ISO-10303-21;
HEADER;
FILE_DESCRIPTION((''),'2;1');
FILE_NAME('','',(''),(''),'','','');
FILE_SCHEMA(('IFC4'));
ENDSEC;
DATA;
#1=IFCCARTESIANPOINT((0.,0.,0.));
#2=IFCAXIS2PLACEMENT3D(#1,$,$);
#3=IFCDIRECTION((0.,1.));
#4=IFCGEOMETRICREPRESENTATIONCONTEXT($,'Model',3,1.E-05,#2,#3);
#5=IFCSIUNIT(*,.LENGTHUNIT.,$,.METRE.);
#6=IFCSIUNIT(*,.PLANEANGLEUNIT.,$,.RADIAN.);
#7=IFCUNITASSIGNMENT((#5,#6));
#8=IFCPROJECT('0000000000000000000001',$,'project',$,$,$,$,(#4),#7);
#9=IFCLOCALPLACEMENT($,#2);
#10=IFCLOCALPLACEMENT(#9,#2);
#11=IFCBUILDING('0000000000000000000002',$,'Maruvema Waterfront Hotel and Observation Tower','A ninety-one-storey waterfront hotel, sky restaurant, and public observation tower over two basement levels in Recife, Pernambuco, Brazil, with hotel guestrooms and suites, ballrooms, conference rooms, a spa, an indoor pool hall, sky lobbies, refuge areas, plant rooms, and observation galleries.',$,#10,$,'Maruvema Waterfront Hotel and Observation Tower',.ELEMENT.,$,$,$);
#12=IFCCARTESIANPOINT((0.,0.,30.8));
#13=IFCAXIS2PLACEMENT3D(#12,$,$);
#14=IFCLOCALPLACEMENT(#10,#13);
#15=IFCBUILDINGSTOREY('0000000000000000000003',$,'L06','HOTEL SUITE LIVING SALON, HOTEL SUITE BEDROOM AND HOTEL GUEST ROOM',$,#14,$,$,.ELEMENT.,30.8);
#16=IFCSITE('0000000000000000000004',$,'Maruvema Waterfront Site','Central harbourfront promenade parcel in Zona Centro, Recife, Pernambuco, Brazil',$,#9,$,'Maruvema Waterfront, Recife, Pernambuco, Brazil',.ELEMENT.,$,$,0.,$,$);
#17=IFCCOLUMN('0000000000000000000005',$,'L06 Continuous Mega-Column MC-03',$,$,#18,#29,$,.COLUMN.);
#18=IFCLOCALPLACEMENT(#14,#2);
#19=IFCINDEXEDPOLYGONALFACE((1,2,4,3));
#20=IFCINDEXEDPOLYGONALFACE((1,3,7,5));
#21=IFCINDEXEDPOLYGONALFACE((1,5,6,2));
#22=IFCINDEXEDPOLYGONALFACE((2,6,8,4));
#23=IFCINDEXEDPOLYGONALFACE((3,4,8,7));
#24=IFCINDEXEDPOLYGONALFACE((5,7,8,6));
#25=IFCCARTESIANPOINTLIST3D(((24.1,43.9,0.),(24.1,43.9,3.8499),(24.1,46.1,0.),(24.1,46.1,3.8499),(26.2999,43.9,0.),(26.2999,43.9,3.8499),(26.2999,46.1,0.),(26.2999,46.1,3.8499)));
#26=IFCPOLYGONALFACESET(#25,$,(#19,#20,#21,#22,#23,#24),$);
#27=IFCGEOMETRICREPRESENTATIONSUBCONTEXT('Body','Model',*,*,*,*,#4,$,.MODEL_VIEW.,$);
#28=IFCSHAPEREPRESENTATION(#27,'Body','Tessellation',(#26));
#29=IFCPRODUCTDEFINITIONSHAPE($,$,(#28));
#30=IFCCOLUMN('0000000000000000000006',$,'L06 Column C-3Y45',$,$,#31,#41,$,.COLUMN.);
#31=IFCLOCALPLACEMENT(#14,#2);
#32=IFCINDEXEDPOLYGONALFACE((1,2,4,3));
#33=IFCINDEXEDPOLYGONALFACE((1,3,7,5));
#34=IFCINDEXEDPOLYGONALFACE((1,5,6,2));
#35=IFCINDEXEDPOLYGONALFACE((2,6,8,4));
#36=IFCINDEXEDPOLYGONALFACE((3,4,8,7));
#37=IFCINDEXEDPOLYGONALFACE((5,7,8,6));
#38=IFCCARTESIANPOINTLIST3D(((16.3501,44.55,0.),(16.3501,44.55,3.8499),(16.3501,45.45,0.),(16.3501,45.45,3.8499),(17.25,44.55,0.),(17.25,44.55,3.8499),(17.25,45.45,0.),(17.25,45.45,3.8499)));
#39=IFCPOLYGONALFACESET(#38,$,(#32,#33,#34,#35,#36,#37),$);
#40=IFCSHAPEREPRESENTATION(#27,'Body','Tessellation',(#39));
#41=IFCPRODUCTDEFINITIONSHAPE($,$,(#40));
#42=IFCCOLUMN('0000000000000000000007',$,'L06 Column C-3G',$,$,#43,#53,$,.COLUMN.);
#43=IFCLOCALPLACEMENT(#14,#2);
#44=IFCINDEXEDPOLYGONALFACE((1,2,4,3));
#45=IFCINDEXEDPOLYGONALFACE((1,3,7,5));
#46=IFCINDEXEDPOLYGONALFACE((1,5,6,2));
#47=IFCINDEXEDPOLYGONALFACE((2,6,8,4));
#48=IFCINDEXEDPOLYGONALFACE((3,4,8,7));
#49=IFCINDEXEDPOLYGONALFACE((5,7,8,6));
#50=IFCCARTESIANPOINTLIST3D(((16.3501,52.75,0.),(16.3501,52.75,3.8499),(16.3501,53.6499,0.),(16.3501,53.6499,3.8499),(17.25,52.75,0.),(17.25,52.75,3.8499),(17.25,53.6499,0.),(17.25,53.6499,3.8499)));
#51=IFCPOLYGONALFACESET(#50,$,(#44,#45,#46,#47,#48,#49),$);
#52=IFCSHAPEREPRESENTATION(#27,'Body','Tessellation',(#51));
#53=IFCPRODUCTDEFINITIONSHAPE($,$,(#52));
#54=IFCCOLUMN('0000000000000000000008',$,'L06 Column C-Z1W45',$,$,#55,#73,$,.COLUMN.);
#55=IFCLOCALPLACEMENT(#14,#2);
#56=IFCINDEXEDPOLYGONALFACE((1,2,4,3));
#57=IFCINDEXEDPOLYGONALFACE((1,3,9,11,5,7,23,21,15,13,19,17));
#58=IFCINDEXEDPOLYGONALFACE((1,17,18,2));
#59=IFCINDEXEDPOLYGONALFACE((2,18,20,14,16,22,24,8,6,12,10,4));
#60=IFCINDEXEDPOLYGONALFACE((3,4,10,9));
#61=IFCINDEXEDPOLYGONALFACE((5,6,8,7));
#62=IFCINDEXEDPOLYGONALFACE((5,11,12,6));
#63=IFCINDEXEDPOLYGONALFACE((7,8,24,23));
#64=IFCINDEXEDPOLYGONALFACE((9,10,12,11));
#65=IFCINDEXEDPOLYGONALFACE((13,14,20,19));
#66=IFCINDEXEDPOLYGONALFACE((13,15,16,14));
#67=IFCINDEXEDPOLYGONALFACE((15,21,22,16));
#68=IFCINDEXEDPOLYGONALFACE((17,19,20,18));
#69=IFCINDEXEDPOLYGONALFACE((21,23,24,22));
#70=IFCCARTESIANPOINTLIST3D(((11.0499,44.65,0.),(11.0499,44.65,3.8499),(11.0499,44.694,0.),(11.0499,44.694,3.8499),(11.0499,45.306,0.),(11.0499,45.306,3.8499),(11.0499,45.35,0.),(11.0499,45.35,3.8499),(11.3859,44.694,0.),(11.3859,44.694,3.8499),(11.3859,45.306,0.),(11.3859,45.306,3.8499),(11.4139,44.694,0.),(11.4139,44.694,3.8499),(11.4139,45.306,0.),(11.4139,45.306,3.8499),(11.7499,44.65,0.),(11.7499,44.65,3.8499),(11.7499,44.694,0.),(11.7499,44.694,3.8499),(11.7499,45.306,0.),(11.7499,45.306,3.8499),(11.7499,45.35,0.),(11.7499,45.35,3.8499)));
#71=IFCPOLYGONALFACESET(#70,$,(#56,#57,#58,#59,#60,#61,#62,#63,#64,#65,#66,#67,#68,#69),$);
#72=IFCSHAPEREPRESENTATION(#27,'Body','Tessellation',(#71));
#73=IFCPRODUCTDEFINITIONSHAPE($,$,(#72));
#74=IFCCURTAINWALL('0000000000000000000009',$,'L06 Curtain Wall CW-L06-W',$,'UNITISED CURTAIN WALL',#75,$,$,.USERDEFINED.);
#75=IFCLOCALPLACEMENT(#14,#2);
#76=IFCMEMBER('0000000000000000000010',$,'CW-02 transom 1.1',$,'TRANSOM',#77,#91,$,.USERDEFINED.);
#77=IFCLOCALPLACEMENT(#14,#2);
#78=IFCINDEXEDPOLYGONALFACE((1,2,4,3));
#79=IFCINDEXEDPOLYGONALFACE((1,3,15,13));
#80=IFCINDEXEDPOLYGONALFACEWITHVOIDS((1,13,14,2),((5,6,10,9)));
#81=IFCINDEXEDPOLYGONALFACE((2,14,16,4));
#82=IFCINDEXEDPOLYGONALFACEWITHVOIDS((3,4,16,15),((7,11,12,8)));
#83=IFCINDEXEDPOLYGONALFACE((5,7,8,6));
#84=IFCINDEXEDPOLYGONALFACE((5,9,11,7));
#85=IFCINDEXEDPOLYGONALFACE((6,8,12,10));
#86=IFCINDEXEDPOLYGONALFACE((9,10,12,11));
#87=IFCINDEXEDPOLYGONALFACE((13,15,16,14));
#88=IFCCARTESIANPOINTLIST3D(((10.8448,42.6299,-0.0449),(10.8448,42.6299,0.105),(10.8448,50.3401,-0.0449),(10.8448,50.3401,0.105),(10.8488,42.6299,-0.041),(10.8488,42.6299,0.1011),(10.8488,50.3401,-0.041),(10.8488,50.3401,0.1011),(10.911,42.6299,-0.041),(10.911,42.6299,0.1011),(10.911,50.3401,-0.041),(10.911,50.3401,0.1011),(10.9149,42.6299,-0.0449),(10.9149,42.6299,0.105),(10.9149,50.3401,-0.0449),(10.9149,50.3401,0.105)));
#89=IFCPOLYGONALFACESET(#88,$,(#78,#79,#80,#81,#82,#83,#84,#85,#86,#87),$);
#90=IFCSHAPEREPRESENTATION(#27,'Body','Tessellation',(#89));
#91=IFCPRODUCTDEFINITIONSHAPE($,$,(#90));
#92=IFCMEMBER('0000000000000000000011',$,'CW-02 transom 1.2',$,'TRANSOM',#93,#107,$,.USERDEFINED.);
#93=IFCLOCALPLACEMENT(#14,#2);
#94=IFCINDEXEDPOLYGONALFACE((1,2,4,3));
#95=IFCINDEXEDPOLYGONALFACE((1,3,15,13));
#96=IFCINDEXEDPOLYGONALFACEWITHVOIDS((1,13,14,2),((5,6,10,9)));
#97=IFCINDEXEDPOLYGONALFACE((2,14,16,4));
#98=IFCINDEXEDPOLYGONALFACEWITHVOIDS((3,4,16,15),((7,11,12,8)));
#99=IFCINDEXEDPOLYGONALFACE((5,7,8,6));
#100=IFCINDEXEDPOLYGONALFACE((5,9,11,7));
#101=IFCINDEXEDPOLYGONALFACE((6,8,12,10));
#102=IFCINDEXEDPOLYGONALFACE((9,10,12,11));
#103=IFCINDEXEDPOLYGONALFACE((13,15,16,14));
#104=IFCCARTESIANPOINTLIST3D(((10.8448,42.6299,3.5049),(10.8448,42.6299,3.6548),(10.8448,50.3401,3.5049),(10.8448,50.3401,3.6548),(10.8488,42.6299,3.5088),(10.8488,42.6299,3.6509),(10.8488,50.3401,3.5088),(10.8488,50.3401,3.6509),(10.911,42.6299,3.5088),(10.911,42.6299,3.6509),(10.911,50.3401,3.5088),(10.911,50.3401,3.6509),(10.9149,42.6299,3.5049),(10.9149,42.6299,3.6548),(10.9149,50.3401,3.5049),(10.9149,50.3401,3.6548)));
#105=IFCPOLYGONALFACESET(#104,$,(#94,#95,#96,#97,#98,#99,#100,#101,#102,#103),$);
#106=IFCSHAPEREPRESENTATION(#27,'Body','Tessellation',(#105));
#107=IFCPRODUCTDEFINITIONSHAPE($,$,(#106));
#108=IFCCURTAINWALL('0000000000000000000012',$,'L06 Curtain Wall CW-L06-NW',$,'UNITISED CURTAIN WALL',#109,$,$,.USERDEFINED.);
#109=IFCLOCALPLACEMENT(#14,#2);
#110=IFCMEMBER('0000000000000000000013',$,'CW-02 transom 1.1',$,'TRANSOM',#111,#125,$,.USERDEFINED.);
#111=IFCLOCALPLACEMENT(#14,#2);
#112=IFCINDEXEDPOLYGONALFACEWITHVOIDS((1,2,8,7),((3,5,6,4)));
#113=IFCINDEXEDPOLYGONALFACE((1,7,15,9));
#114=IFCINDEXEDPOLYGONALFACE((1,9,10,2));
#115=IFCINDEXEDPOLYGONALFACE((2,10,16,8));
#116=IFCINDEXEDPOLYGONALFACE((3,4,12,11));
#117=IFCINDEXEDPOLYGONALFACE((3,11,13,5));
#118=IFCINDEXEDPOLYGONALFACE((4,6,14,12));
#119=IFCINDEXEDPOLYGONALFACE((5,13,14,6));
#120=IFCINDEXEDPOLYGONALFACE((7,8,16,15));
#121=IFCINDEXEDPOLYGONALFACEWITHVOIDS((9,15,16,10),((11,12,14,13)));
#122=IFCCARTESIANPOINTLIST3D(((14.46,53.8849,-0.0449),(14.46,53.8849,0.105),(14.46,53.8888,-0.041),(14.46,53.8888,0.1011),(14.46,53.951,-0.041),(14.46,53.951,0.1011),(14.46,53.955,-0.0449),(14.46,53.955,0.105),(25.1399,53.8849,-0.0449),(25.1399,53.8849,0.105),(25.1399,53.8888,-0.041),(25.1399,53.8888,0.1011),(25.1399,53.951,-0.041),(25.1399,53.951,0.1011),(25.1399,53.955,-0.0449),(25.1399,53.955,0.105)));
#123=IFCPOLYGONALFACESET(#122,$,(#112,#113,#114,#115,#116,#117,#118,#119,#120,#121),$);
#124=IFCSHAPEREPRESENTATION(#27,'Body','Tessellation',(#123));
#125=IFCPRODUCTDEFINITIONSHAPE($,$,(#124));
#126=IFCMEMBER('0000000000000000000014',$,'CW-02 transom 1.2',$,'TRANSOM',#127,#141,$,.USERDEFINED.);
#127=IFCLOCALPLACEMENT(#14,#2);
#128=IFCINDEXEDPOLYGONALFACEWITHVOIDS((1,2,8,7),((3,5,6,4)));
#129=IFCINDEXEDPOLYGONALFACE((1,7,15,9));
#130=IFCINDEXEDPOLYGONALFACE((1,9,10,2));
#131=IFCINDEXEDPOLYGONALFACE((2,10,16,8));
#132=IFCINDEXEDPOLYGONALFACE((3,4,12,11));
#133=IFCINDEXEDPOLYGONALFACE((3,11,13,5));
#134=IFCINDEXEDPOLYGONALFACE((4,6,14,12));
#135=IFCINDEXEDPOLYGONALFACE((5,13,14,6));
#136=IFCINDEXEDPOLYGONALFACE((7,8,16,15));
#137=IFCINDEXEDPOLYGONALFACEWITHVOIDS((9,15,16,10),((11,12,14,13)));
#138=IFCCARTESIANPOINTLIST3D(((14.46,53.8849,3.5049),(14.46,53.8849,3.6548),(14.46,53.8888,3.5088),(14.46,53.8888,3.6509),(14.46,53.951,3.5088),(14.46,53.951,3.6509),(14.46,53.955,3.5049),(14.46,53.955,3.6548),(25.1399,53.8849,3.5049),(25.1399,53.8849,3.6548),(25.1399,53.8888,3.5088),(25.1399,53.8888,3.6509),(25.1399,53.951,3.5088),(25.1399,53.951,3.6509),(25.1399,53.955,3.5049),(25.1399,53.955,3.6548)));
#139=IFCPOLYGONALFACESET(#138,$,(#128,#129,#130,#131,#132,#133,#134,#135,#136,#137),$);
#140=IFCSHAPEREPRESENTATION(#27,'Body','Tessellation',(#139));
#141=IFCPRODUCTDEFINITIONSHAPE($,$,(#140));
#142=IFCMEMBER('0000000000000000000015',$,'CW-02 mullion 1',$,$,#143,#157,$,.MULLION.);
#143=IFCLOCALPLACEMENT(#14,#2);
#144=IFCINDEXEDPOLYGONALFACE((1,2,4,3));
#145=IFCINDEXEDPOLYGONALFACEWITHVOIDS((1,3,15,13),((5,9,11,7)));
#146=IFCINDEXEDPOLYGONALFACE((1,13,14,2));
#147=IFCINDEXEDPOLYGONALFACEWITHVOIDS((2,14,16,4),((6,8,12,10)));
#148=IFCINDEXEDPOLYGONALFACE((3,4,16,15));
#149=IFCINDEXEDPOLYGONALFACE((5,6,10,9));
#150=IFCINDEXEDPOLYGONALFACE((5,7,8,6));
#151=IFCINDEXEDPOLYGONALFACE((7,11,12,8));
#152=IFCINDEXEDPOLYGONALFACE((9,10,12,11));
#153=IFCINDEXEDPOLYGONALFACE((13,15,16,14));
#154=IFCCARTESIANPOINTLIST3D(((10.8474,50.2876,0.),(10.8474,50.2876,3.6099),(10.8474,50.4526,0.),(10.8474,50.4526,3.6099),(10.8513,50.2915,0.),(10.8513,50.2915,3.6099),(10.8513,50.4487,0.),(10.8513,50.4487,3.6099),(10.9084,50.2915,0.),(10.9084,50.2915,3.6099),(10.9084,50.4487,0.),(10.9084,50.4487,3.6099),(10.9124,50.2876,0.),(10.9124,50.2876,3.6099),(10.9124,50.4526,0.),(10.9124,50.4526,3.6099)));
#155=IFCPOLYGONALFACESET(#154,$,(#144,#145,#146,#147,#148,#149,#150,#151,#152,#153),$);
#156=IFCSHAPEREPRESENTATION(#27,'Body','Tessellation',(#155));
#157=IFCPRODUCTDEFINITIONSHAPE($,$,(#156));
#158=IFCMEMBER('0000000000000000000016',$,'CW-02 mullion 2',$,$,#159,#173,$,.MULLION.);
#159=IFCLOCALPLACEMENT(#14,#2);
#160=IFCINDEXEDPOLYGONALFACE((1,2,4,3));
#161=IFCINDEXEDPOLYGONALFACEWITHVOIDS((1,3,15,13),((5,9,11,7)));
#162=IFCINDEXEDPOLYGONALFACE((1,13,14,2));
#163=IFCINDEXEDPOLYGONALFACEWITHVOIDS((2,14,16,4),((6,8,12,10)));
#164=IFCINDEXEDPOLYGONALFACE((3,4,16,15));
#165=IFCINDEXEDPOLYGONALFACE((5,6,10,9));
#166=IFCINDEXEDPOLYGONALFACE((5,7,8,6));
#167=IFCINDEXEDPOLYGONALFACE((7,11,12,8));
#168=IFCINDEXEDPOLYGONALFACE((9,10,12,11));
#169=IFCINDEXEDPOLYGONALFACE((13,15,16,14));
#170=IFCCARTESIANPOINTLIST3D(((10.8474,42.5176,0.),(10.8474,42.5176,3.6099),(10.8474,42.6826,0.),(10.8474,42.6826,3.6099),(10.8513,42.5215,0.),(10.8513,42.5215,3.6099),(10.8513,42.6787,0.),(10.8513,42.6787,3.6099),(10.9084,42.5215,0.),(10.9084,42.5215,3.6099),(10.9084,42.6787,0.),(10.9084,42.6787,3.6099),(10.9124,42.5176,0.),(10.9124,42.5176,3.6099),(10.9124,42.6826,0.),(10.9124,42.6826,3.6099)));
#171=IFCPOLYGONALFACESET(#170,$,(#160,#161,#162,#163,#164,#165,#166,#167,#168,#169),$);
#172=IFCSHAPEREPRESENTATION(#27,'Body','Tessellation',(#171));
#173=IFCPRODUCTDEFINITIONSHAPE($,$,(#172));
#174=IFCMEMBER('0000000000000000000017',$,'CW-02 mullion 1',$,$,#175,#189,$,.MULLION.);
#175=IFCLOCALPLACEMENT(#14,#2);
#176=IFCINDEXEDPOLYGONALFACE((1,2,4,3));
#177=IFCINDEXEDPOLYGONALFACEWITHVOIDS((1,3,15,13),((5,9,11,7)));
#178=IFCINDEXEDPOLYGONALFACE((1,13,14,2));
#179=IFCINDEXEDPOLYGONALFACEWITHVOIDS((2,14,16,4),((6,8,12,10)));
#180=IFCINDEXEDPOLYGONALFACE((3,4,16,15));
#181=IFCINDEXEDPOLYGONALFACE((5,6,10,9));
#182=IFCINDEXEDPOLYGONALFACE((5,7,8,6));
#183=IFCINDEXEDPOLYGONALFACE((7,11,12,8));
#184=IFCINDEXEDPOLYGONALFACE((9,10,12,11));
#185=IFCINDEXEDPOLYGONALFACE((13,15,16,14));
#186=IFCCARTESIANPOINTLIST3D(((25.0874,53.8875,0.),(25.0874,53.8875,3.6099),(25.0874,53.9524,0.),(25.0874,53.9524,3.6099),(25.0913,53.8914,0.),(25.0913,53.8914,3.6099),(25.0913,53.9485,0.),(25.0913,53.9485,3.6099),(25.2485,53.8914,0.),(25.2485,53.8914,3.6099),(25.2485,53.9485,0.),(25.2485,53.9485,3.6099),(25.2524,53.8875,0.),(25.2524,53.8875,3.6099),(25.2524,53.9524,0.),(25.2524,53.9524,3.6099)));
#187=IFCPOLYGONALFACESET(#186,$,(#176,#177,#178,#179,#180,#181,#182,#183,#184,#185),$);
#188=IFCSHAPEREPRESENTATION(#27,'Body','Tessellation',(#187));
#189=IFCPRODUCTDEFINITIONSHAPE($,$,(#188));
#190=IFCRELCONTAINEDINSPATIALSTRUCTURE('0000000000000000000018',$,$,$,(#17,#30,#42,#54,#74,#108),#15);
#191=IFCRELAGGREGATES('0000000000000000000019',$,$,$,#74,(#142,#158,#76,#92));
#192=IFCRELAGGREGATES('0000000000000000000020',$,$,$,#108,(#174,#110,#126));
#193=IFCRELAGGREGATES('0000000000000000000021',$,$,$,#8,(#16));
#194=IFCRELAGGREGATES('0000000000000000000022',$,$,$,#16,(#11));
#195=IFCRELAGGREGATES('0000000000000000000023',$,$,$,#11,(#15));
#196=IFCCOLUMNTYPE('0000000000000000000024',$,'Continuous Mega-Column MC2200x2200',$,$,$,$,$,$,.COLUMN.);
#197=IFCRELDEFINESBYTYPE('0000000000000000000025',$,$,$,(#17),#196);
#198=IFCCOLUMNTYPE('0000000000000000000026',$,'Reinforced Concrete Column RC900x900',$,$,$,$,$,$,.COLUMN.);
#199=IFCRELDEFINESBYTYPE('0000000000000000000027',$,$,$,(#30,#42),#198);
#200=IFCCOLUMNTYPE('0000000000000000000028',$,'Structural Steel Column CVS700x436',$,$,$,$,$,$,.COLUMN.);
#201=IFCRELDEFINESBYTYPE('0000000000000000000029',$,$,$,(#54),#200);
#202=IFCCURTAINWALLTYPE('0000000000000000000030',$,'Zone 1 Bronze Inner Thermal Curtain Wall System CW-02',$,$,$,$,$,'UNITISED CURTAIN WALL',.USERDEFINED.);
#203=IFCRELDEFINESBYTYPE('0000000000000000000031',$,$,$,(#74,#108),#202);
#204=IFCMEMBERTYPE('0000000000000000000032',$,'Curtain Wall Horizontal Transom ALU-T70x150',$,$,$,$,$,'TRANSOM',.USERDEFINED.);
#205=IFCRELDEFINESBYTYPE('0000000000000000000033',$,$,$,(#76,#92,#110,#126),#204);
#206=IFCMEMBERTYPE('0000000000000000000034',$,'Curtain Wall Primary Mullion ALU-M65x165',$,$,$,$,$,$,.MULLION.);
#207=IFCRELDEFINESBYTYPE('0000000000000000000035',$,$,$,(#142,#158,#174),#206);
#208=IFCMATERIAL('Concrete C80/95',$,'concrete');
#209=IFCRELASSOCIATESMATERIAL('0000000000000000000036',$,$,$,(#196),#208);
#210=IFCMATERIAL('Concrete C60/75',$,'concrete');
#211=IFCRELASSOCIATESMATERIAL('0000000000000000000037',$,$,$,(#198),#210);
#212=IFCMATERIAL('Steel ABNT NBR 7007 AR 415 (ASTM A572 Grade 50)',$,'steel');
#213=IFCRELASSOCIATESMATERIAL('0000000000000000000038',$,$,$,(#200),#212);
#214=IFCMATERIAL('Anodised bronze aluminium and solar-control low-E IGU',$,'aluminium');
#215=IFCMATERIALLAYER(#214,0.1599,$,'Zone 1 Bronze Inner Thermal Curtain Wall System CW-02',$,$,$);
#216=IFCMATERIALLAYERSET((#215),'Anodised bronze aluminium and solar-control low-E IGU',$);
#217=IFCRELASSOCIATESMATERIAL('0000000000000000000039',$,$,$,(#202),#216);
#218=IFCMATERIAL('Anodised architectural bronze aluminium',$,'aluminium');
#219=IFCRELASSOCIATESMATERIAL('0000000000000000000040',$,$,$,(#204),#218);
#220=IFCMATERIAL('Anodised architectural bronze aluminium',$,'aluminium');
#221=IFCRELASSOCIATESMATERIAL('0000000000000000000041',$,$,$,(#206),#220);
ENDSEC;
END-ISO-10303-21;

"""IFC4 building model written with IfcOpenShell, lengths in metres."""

from ifc_helpers import new_model, si_unit, direction, frame, origin, origin_2d, place, context, subcontext, project, spatial, rectangle, hollow_rectangle, i_section, extrude, material, layer, layer_set, material_profile, profile_set, type_object, element, aggregate, save


model = new_model("IFC4")

# Units and contexts
model_context = context("Model", 3, precision=1e-05, world=origin(), true_north=direction((0.0, 1.0)))
body_context = subcontext(model_context, "Body", "Model", "MODEL_VIEW")
ifc_project = project(units=[si_unit("LENGTHUNIT", "METRE"), si_unit("PLANEANGLEUNIT", "RADIAN")], contexts=[model_context])

# Site, building, storey
site_placement = place(None, origin())
site = spatial("IfcSite", under=ifc_project, at=site_placement, Name="Maruvema Waterfront Site", Description="Central harbourfront promenade parcel in Zona Centro, Recife, Pernambuco, Brazil", LongName="Maruvema Waterfront, Recife, Pernambuco, Brazil", CompositionType="ELEMENT", RefElevation=0.0)
building_placement = place(site_placement, origin())
building = spatial("IfcBuilding", under=site, at=building_placement, Name="Maruvema Waterfront Hotel and Observation Tower", Description="A ninety-one-storey waterfront hotel, sky restaurant, and public observation tower over two basement levels in Recife, Pernambuco, Brazil, with hotel guestrooms and suites, ballrooms, conference rooms, a spa, an indoor pool hall, sky lobbies, refuge areas, plant rooms, and observation galleries.", LongName="Maruvema Waterfront Hotel and Observation Tower", CompositionType="ELEMENT")
storey_placement = place(building_placement, frame((0.0, 0.0, 30.8)))
storey = spatial("IfcBuildingStorey", under=building, at=storey_placement, Name="L06", Description="HOTEL SUITE LIVING SALON, HOTEL SUITE BEDROOM AND HOTEL GUEST ROOM", CompositionType="ELEMENT", Elevation=30.8)

# Columns
ifc_material_1 = material(Name="Concrete C80/95", Category="concrete")
ifc_material_profile_1 = material_profile(ifc_material_1, rectangle(XDim=2.2, YDim=2.2, at=origin_2d()), Name="MC2200x2200")
ifc_profile_set_1 = profile_set([ifc_material_profile_1], Name="Concrete C80/95")
column_type_1 = type_object("IfcColumnType", Name="Continuous Mega-Column MC2200x2200", PredefinedType="COLUMN", material=ifc_profile_set_1)
column_1_placement = place(storey_placement, frame((25.2, 45.0, 0.0), z_axis=(0.0, 0.0, 1.0), x_axis=(1.0, 0.0, 0.0)))
element("IfcColumn", 1, at=column_1_placement, inside=storey, type_object=column_type_1, Name="L06 Continuous Mega-Column MC-03", PredefinedType="COLUMN", context=body_context, shape_type="SweptSolid", body=[
    extrude(rectangle(XDim=2.2, YDim=2.2, at=origin_2d()), origin(), (0.0, 0.0, 1.0), 3.8499),
])
ifc_material_2 = material(Name="Concrete C60/75", Category="concrete")
ifc_material_profile_2 = material_profile(ifc_material_2, rectangle(XDim=0.8999, YDim=0.8999, at=origin_2d()), Name="RC900x900")
ifc_profile_set_2 = profile_set([ifc_material_profile_2], Name="Concrete C60/75")
column_type_2 = type_object("IfcColumnType", Name="Reinforced Concrete Column RC900x900", PredefinedType="COLUMN", material=ifc_profile_set_2)
for number, where, z_axis, x_axis, name in (
    (2, (16.8, 45.0, 0.0), (0.0, 0.0, 1.0), (1.0, 0.0, 0.0), "L06 Column C-3Y45"),
    (3, (16.8, 53.2, 0.0), (0.0, 0.0, 1.0), (1.0, 0.0, 0.0), "L06 Column C-3G"),
):
    element("IfcColumn", number, at=place(storey_placement, frame(where, z_axis=z_axis, x_axis=x_axis)), inside=storey, type_object=column_type_2, Name=name, PredefinedType="COLUMN", context=body_context, shape_type="SweptSolid", body=[
        extrude(rectangle(XDim=0.8999, YDim=0.8999, at=origin_2d()), origin(), (0.0, 0.0, 1.0), 3.8499),
    ])
ifc_material_3 = material(Name="Steel ABNT NBR 7007 AR 415 (ASTM A572 Grade 50)", Category="steel")
ifc_material_profile_3 = material_profile(ifc_material_3, i_section(OverallWidth=0.7, OverallDepth=0.7, WebThickness=0.0281, FlangeThickness=0.0439, at=origin_2d()), Name="CVS700x436")
ifc_profile_set_3 = profile_set([ifc_material_profile_3], Name="Steel ABNT NBR 7007 AR 415 (ASTM A572 Grade 50)")
column_type_3 = type_object("IfcColumnType", Name="Structural Steel Column CVS700x436", PredefinedType="COLUMN", material=ifc_profile_set_3)
column_2_placement = place(storey_placement, frame((11.3999, 45.0, 0.0), z_axis=(0.0, 0.0, 1.0), x_axis=(1.0, 0.0, 0.0)))
element("IfcColumn", 4, at=column_2_placement, inside=storey, type_object=column_type_3, Name="L06 Column C-Z1W45", PredefinedType="COLUMN", context=body_context, shape_type="SweptSolid", body=[
    extrude(i_section(OverallWidth=0.7, OverallDepth=0.7, WebThickness=0.0281, FlangeThickness=0.0439, at=origin_2d()), origin(), (0.0, 0.0, 1.0), 3.8499),
])

# Curtain walls, members
ifc_material_4 = material(Name="Anodised bronze aluminium and solar-control low-E IGU", Category="aluminium")
ifc_layer_1 = layer(ifc_material_4, 0.1599, Name="Zone 1 Bronze Inner Thermal Curtain Wall System CW-02")
ifc_layer_set_1 = layer_set([ifc_layer_1], Name="Anodised bronze aluminium and solar-control low-E IGU")
curtain_wall_type = type_object("IfcCurtainWallType", Name="Zone 1 Bronze Inner Thermal Curtain Wall System CW-02", ElementType="UNITISED CURTAIN WALL", PredefinedType="USERDEFINED", material=ifc_layer_set_1)
curtain_wall_1_placement = place(storey_placement, origin())
curtain_wall_1 = element("IfcCurtainWall", 5, at=curtain_wall_1_placement, inside=storey, type_object=curtain_wall_type, Name="L06 Curtain Wall CW-L06-W", ObjectType="UNITISED CURTAIN WALL", PredefinedType="USERDEFINED")
ifc_material_5 = material(Name="Anodised architectural bronze aluminium", Category="aluminium")
ifc_material_profile_4 = material_profile(ifc_material_5, hollow_rectangle(XDim=0.0701, YDim=0.1499, WallThickness=0.0039, at=origin_2d()), Name="ALU-T70x150")
ifc_profile_set_4 = profile_set([ifc_material_profile_4], Name="Anodised architectural bronze aluminium")
member_type_1 = type_object("IfcMemberType", Name="Curtain Wall Horizontal Transom ALU-T70x150", ElementType="TRANSOM", PredefinedType="USERDEFINED", material=ifc_profile_set_4)
member_1_placement = place(storey_placement, frame((10.8799, 50.3401, 0.03), z_axis=(0.0, -1.0, 0.0), x_axis=(1.0, 0.0, 0.0)))
member_1 = element("IfcMember", 6, at=member_1_placement, type_object=member_type_1, Name="CW-02 transom 1.1", ObjectType="TRANSOM", PredefinedType="USERDEFINED", context=body_context, shape_type="SweptSolid", body=[
    extrude(hollow_rectangle(XDim=0.0701, YDim=0.1499, WallThickness=0.0039, at=origin_2d()), origin(), (0.0, 0.0, 1.0), 7.7102),
])
member_2_placement = place(storey_placement, frame((10.8799, 50.3401, 3.5798), z_axis=(0.0, -1.0, 0.0), x_axis=(1.0, 0.0, 0.0)))
member_2 = element("IfcMember", 7, at=member_2_placement, type_object=member_type_1, Name="CW-02 transom 1.2", ObjectType="TRANSOM", PredefinedType="USERDEFINED", context=body_context, shape_type="SweptSolid", body=[
    extrude(hollow_rectangle(XDim=0.0701, YDim=0.1499, WallThickness=0.0039, at=origin_2d()), origin(), (0.0, 0.0, 1.0), 7.7102),
])
curtain_wall_2_placement = place(storey_placement, origin())
curtain_wall_2 = element("IfcCurtainWall", 8, at=curtain_wall_2_placement, inside=storey, type_object=curtain_wall_type, Name="L06 Curtain Wall CW-L06-NW", ObjectType="UNITISED CURTAIN WALL", PredefinedType="USERDEFINED")
member_3_placement = place(storey_placement, frame((25.1399, 53.9199, 0.03), z_axis=(-1.0, 0.0, 0.0), x_axis=(0.0, -1.0, 0.0)))
member_3 = element("IfcMember", 9, at=member_3_placement, type_object=member_type_1, Name="CW-02 transom 1.1", ObjectType="TRANSOM", PredefinedType="USERDEFINED", context=body_context, shape_type="SweptSolid", body=[
    extrude(hollow_rectangle(XDim=0.0701, YDim=0.1499, WallThickness=0.0039, at=origin_2d()), origin(), (0.0, 0.0, 1.0), 10.6799),
])
member_4_placement = place(storey_placement, frame((25.1399, 53.9199, 3.5798), z_axis=(-1.0, 0.0, 0.0), x_axis=(0.0, -1.0, 0.0)))
member_4 = element("IfcMember", 10, at=member_4_placement, type_object=member_type_1, Name="CW-02 transom 1.2", ObjectType="TRANSOM", PredefinedType="USERDEFINED", context=body_context, shape_type="SweptSolid", body=[
    extrude(hollow_rectangle(XDim=0.0701, YDim=0.1499, WallThickness=0.0039, at=origin_2d()), origin(), (0.0, 0.0, 1.0), 10.6799),
])

# Members
ifc_material_6 = material(Name="Anodised architectural bronze aluminium", Category="aluminium")
ifc_material_profile_5 = material_profile(ifc_material_6, hollow_rectangle(XDim=0.0649, YDim=0.165, WallThickness=0.0039, at=origin_2d()), Name="ALU-M65x165")
ifc_profile_set_5 = profile_set([ifc_material_profile_5], Name="Anodised architectural bronze aluminium")
member_type_2 = type_object("IfcMemberType", Name="Curtain Wall Primary Mullion ALU-M65x165", PredefinedType="MULLION", material=ifc_profile_set_5)
member_5_placement = place(storey_placement, frame((10.8799, 50.3701, 0.0), z_axis=(0.0, 0.0, 1.0), x_axis=(1.0, 0.0, 0.0)))
member_5 = element("IfcMember", 11, at=member_5_placement, type_object=member_type_2, Name="CW-02 mullion 1", PredefinedType="MULLION", context=body_context, shape_type="SweptSolid", body=[
    extrude(hollow_rectangle(XDim=0.0649, YDim=0.165, WallThickness=0.0039, at=origin_2d()), origin(), (0.0, 0.0, 1.0), 3.6099),
])
member_6_placement = place(storey_placement, frame((10.8799, 42.6001, 0.0), z_axis=(0.0, 0.0, 1.0), x_axis=(1.0, 0.0, 0.0)))
member_6 = element("IfcMember", 12, at=member_6_placement, type_object=member_type_2, Name="CW-02 mullion 2", PredefinedType="MULLION", context=body_context, shape_type="SweptSolid", body=[
    extrude(hollow_rectangle(XDim=0.0649, YDim=0.165, WallThickness=0.0039, at=origin_2d()), origin(), (0.0, 0.0, 1.0), 3.6099),
])
member_7_placement = place(storey_placement, frame((25.1699, 53.9199, 0.0), z_axis=(0.0, 0.0, 1.0), x_axis=(0.0, -1.0, 0.0)))
member_7 = element("IfcMember", 13, at=member_7_placement, type_object=member_type_2, Name="CW-02 mullion 1", PredefinedType="MULLION", context=body_context, shape_type="SweptSolid", body=[
    extrude(hollow_rectangle(XDim=0.0649, YDim=0.165, WallThickness=0.0039, at=origin_2d()), origin(), (0.0, 0.0, 1.0), 3.6099),
])

aggregate(curtain_wall_1, [member_5, member_6, member_1, member_2])
aggregate(curtain_wall_2, [member_7, member_3, member_4])

save(model, "model.ifc")
